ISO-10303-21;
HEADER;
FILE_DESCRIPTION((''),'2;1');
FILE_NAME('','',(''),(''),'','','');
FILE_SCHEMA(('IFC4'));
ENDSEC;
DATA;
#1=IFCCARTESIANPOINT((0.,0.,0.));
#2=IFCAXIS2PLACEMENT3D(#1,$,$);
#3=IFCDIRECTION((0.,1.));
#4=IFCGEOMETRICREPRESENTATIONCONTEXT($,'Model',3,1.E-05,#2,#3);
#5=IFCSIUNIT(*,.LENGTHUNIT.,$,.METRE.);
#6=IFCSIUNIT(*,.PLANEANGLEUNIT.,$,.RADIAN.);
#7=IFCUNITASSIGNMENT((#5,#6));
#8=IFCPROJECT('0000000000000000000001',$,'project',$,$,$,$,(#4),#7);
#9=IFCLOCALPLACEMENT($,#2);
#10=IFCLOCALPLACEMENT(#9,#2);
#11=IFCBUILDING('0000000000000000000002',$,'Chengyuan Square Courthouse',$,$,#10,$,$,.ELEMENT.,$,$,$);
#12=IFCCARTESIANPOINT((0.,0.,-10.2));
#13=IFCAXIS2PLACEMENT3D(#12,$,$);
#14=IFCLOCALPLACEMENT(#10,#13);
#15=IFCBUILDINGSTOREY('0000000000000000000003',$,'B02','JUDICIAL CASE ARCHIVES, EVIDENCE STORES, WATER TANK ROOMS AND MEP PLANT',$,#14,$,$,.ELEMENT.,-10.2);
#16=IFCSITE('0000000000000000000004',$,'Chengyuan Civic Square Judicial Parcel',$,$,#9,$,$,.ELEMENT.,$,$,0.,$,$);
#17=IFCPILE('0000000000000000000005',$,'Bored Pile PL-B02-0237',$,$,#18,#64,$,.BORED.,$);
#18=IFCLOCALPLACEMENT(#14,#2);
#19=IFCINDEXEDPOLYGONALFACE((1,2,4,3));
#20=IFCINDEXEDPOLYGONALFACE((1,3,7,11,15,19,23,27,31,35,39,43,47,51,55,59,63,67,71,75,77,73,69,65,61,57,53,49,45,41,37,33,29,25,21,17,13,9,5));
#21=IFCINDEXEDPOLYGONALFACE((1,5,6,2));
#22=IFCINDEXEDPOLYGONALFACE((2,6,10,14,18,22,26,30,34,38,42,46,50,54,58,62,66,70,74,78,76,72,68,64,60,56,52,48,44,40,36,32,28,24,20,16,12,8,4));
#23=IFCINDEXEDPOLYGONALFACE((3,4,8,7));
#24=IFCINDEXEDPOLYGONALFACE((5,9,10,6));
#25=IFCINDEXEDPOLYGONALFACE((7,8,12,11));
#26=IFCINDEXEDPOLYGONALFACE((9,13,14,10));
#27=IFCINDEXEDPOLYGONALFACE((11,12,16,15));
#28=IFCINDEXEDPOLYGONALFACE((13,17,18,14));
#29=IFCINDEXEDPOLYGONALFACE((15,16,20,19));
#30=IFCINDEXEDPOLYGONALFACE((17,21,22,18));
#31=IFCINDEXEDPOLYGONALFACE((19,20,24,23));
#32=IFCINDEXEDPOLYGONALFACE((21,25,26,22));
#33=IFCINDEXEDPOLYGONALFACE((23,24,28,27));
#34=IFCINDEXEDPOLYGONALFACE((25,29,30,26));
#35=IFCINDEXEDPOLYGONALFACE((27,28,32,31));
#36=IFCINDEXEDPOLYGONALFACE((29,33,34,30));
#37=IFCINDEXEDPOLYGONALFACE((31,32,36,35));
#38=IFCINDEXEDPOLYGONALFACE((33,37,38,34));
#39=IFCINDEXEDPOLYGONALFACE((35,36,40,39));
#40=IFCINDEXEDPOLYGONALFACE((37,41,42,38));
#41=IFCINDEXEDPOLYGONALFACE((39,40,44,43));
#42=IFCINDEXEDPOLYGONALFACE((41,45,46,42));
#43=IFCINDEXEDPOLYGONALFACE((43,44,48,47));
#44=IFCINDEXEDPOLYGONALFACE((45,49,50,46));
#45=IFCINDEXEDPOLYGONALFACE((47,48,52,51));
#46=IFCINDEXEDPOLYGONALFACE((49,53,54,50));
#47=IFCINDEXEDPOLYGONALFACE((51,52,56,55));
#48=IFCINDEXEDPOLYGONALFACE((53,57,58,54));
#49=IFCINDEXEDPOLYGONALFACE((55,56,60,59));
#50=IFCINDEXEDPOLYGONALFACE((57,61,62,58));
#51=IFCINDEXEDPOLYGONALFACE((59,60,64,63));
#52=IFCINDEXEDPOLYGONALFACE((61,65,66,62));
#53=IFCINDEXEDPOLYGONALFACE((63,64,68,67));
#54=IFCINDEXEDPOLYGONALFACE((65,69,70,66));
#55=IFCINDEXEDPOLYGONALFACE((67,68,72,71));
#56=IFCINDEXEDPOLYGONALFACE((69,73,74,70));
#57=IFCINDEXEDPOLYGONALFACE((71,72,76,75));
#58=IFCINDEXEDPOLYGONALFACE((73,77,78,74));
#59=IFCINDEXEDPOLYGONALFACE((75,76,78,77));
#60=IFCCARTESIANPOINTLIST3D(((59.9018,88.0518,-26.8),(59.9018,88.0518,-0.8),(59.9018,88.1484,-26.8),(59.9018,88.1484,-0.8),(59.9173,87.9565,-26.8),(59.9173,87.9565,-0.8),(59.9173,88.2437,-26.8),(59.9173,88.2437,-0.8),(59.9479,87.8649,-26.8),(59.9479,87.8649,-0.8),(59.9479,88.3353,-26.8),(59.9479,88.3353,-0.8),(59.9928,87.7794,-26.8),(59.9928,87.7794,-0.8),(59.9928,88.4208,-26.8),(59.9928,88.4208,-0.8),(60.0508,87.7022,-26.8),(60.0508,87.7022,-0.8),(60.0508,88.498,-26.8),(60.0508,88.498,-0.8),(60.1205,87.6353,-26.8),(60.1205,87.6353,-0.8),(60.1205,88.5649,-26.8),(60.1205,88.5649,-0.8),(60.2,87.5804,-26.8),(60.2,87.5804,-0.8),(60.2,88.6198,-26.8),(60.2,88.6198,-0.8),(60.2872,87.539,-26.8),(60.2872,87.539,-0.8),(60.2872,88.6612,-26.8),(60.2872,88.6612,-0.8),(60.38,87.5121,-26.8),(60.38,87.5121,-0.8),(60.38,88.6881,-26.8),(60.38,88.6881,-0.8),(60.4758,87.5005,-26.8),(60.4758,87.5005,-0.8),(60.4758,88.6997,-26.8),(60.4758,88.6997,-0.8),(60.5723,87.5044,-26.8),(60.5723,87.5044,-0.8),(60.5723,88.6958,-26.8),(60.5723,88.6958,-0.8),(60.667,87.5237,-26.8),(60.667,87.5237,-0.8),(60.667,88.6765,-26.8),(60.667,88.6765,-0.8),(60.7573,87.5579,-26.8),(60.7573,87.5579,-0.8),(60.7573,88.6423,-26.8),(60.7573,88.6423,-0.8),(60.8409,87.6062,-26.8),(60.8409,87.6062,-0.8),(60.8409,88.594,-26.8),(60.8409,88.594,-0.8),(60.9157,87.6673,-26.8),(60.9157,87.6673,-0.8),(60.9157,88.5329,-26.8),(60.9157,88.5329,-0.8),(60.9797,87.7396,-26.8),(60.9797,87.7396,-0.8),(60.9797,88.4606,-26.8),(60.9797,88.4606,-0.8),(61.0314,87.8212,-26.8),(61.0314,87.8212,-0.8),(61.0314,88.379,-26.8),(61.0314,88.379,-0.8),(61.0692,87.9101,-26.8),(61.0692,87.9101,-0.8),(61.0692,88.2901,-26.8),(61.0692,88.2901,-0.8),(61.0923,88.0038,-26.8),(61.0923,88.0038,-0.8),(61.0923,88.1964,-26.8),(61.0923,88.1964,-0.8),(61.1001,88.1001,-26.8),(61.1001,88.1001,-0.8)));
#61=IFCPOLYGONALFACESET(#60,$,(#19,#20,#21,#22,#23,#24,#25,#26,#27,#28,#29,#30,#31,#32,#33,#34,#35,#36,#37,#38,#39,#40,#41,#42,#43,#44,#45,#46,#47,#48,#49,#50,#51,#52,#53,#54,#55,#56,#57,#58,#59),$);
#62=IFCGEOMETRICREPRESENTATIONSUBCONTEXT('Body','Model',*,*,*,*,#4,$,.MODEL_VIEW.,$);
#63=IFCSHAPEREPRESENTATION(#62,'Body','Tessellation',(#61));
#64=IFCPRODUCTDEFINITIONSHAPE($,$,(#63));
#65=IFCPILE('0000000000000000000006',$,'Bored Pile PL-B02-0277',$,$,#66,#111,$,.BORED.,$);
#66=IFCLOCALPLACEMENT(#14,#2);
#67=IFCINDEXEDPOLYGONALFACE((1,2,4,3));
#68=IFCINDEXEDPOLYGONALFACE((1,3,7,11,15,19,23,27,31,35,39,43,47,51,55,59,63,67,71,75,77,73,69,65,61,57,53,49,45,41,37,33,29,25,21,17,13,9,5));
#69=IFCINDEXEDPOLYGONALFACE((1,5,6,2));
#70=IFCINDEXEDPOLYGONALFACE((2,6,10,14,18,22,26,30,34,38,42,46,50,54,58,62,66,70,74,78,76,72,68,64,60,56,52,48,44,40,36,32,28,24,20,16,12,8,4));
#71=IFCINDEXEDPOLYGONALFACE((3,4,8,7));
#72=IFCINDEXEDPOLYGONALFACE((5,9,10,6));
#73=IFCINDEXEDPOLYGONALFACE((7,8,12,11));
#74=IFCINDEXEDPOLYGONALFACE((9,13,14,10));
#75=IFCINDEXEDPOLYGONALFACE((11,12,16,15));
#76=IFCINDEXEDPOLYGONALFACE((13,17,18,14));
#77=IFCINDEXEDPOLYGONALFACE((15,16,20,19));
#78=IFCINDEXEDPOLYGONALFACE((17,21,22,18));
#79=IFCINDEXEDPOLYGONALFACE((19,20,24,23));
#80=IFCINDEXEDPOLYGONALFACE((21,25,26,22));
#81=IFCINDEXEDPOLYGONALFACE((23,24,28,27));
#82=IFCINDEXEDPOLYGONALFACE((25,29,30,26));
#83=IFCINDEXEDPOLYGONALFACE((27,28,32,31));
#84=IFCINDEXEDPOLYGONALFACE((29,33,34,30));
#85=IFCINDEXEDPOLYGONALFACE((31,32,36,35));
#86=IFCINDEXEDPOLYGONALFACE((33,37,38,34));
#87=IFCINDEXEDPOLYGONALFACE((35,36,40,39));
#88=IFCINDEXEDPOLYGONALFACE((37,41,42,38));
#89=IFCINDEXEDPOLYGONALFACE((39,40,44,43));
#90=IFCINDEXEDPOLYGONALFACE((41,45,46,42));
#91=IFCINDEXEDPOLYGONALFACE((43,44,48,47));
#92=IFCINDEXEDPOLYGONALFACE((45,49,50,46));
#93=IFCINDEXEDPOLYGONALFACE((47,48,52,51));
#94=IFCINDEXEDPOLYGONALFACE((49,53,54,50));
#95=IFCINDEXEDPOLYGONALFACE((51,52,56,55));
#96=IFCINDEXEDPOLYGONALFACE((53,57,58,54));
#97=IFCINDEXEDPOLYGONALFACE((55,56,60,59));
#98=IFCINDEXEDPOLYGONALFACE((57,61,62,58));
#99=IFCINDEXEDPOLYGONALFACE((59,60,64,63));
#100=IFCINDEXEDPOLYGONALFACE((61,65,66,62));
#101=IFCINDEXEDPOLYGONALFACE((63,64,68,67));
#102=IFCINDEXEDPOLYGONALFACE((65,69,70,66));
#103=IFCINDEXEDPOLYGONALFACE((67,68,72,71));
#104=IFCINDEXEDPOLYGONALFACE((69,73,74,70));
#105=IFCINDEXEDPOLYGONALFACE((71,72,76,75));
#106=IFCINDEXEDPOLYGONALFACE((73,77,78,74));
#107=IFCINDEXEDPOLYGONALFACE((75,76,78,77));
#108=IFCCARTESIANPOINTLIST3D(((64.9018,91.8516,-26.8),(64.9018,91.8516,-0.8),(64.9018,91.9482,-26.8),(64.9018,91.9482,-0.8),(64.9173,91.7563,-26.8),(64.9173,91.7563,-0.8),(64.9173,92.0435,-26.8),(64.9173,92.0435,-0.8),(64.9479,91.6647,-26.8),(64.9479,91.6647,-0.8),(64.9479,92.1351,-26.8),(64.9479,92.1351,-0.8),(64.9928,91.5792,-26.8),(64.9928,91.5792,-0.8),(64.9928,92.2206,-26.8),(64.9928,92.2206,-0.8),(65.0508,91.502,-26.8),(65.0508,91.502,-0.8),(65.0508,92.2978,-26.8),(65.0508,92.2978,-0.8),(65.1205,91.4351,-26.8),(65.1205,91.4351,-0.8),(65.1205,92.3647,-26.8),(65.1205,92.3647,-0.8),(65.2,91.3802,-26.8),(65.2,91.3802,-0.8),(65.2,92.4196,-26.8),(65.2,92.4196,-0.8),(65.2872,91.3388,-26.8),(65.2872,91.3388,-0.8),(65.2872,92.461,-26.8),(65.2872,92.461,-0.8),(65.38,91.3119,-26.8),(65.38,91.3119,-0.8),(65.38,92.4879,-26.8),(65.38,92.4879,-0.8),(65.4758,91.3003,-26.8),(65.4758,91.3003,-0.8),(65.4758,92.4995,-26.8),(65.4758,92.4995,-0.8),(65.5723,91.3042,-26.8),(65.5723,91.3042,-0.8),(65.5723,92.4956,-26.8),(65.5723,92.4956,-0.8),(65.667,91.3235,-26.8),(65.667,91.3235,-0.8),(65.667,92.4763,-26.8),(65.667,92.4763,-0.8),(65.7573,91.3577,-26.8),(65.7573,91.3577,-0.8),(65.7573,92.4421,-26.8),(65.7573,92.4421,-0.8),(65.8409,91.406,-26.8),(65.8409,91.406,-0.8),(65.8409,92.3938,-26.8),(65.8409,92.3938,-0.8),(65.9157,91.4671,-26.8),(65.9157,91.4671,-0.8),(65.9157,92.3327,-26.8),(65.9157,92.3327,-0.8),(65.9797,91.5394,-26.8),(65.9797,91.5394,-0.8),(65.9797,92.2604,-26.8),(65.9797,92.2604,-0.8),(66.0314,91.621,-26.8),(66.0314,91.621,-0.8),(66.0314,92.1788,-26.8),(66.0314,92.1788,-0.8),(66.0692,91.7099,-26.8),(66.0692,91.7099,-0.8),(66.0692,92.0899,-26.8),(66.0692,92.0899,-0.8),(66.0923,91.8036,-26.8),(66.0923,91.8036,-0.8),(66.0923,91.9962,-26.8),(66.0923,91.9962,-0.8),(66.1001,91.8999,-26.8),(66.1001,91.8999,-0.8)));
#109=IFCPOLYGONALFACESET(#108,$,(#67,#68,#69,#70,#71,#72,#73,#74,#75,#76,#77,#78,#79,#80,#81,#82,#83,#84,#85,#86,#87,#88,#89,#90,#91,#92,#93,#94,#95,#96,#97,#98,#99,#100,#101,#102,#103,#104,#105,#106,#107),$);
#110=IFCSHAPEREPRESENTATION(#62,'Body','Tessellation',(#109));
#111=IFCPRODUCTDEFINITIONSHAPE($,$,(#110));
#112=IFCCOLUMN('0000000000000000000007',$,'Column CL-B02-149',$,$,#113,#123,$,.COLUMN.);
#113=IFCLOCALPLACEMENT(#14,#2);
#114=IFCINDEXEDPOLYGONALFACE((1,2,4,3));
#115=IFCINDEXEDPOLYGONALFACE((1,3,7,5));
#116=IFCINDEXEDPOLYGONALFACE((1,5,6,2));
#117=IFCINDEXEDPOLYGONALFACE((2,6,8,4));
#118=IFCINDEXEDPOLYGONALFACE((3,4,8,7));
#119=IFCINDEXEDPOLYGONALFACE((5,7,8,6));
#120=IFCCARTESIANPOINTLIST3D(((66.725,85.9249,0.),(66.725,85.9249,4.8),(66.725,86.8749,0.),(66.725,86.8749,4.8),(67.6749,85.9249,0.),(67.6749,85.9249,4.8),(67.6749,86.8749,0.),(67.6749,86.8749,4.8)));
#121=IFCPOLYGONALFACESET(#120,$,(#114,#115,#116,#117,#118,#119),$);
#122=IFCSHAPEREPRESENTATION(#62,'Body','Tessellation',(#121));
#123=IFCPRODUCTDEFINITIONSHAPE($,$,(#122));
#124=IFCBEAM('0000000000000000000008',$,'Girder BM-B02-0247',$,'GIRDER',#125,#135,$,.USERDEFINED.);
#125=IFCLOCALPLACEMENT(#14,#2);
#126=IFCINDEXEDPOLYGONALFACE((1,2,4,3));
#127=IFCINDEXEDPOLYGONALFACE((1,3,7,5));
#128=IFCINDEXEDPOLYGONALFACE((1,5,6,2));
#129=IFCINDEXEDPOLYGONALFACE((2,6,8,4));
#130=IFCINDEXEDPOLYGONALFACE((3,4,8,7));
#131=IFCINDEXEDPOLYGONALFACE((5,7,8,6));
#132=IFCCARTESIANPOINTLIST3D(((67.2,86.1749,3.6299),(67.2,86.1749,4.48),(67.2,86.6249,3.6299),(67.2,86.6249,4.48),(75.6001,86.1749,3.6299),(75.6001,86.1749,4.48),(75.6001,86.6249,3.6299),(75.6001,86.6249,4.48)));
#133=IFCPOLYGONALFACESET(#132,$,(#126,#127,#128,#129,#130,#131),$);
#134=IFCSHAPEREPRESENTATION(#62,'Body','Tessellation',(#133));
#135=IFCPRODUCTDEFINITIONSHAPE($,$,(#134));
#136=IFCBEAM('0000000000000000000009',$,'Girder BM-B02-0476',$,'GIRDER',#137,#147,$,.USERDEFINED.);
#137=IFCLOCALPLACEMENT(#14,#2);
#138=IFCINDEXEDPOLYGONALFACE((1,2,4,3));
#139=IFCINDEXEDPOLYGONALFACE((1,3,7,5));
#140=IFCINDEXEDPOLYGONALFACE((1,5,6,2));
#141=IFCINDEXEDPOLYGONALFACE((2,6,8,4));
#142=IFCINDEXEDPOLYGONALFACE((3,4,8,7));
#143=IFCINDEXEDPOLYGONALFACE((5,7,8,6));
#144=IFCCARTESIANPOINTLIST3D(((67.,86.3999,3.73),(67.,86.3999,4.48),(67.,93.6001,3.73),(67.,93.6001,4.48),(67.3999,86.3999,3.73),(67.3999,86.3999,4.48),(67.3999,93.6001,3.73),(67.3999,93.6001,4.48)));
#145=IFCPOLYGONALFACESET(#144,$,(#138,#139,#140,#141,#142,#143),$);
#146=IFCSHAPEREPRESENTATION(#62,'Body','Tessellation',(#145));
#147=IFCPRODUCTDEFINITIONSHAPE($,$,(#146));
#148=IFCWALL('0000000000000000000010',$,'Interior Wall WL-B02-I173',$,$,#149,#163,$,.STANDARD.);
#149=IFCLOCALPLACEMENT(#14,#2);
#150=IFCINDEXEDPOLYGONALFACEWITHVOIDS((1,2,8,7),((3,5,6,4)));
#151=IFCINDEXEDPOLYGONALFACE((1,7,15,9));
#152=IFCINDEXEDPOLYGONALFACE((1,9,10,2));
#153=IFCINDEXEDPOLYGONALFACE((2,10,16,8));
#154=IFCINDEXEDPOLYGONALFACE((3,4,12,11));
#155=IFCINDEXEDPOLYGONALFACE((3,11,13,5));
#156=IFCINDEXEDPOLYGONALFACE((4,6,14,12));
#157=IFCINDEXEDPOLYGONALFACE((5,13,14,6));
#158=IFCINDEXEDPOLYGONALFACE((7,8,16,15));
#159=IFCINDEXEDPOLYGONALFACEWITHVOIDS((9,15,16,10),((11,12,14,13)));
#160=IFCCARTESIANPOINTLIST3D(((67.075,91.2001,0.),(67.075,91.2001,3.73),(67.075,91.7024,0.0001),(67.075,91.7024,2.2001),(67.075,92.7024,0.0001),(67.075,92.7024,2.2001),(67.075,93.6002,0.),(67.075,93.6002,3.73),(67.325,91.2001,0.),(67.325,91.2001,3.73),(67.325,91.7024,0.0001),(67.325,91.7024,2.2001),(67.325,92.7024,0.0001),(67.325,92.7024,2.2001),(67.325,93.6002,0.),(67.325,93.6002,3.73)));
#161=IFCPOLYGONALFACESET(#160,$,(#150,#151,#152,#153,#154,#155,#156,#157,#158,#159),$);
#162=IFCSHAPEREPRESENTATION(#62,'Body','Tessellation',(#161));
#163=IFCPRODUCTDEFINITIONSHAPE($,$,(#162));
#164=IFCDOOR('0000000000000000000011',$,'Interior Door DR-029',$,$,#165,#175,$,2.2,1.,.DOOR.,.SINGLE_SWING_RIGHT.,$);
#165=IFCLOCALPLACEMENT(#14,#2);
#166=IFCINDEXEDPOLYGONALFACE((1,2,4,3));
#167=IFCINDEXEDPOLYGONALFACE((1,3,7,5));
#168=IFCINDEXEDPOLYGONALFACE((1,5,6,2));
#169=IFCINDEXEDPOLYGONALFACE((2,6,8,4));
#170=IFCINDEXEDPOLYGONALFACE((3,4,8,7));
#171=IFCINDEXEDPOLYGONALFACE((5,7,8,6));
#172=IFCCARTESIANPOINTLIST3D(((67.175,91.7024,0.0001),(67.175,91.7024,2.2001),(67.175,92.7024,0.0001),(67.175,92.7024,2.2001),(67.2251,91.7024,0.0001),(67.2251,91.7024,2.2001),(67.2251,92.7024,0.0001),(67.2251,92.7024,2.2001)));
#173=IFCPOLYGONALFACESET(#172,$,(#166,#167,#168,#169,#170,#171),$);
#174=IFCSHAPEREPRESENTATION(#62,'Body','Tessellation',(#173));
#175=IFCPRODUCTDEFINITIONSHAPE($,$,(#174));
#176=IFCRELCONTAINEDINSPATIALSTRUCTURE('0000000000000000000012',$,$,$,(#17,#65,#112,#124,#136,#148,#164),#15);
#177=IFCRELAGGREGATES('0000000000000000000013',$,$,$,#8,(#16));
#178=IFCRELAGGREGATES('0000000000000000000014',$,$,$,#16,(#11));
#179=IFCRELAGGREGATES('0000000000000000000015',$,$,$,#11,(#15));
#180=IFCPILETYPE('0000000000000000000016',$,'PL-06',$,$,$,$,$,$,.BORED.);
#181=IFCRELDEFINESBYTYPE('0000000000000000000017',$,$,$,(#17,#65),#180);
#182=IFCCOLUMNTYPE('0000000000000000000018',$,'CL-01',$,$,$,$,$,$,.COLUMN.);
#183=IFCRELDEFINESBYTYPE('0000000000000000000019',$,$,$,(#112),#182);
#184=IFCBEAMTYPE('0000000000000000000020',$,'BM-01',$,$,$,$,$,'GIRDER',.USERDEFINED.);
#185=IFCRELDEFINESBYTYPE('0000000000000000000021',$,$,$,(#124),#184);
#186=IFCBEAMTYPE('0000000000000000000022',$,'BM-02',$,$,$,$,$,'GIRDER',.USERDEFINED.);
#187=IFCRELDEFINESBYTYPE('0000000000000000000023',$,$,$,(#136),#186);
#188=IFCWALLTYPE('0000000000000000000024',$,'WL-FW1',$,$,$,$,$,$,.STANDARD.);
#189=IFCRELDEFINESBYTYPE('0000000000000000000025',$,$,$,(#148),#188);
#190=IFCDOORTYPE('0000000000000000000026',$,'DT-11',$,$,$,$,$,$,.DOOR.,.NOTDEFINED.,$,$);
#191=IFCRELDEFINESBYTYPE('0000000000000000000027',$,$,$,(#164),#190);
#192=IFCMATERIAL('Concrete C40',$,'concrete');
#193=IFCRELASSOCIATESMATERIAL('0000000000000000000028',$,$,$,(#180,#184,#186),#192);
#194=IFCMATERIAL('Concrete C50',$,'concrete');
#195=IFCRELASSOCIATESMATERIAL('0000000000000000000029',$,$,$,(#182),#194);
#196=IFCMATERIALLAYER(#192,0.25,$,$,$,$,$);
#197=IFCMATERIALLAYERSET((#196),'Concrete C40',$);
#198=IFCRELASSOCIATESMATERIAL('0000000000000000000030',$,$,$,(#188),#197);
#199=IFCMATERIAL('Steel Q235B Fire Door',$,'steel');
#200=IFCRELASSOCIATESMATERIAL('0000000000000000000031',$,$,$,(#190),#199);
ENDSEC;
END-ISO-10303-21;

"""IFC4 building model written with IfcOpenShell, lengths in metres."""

from ifc_helpers import new_model, si_unit, direction, frame, frame_2d, origin, origin_2d, place, context, subcontext, project, spatial, rectangle, circle, extrude, material, layer, layer_set, material_profile, profile_set, type_object, element, fill, save


model = new_model("IFC4")

# Units and contexts
model_context = context("Model", 3, precision=1e-05, world=origin(), true_north=direction((0.0, 1.0)))
body_context = subcontext(model_context, "Body", "Model", "MODEL_VIEW")
ifc_project = project(units=[si_unit("LENGTHUNIT", "METRE"), si_unit("PLANEANGLEUNIT", "RADIAN")], contexts=[model_context])

# Site, building, storey
site_placement = place(None, origin())
site = spatial("IfcSite", under=ifc_project, at=site_placement, Name="Chengyuan Civic Square Judicial Parcel", CompositionType="ELEMENT", RefElevation=0.0)
building_placement = place(site_placement, origin())
building = spatial("IfcBuilding", under=site, at=building_placement, Name="Chengyuan Square Courthouse", CompositionType="ELEMENT")
storey_placement = place(building_placement, frame((0.0, 0.0, -10.2)))
storey = spatial("IfcBuildingStorey", under=building, at=storey_placement, Name="B02", Description="JUDICIAL CASE ARCHIVES, EVIDENCE STORES, WATER TANK ROOMS AND MEP PLANT", CompositionType="ELEMENT", Elevation=-10.2)

# Shared definitions
ifc_material_1 = material(Name="Concrete C40", Category="concrete")

# Piles
ifc_material_profile_1 = material_profile(ifc_material_1, circle(Radius=0.6001, at=origin_2d()), Name="BORED PILE D1200")
ifc_profile_set_1 = profile_set([ifc_material_profile_1], Name="Concrete C40")
pile_type_1 = type_object("IfcPileType", Name="PL-06", PredefinedType="BORED", material=ifc_profile_set_1)
for number, where, z_axis, x_axis, name in (
    (1, (60.5, 88.1001, -0.8), (0.0, 0.0, -1.0), (1.0, 0.0, 0.0), "Bored Pile PL-B02-0237"),
    (2, (65.5, 91.8999, -0.8), (0.0, 0.0, -1.0), (1.0, 0.0, 0.0), "Bored Pile PL-B02-0277"),
):
    element("IfcPile", number, at=place(storey_placement, frame(where, z_axis=z_axis, x_axis=x_axis)), inside=storey, type_object=pile_type_1, Name=name, PredefinedType="BORED", context=body_context, shape_type="SweptSolid", body=[
        extrude(circle(Radius=0.6001, at=origin_2d()), origin(), (0.0, 0.0, 1.0), 26.0),
    ])

# Column
ifc_material_2 = material(Name="Concrete C50", Category="concrete")
ifc_material_profile_2 = material_profile(ifc_material_2, rectangle(XDim=0.95, YDim=0.95, at=origin_2d()), Name="RC-COL-950x950")
ifc_profile_set_2 = profile_set([ifc_material_profile_2], Name="Concrete C50")
column_type = type_object("IfcColumnType", Name="CL-01", PredefinedType="COLUMN", material=ifc_profile_set_2)
column_placement = place(storey_placement, frame((67.2, 86.3999, 0.0), z_axis=(0.0, 0.0, 1.0), x_axis=(1.0, 0.0, 0.0)))
element("IfcColumn", 3, at=column_placement, inside=storey, type_object=column_type, Name="Column CL-B02-149", PredefinedType="COLUMN", context=body_context, shape_type="SweptSolid", body=[
    extrude(rectangle(XDim=0.95, YDim=0.95, at=origin_2d()), origin(), (0.0, 0.0, 1.0), 4.8),
])

# Beams
ifc_material_profile_3 = material_profile(ifc_material_1, rectangle(XDim=0.45, YDim=0.8501, at=origin_2d()), Name="RC-BM-450x850")
ifc_profile_set_3 = profile_set([ifc_material_profile_3], Name="Concrete C40")
beam_type_1 = type_object("IfcBeamType", Name="BM-01", ElementType="GIRDER", PredefinedType="USERDEFINED", material=ifc_profile_set_3)
beam_1_placement = place(storey_placement, frame((67.2, 86.3999, 4.0549), z_axis=(1.0, 0.0, 0.0), x_axis=(0.0, 1.0, 0.0)))
element("IfcBeam", 4, at=beam_1_placement, inside=storey, type_object=beam_type_1, Name="Girder BM-B02-0247", ObjectType="GIRDER", PredefinedType="USERDEFINED", context=body_context, shape_type="SweptSolid", body=[
    extrude(rectangle(XDim=0.45, YDim=0.8501, at=origin_2d()), origin(), (0.0, 0.0, 1.0), 8.4001),
])
ifc_material_profile_4 = material_profile(ifc_material_1, rectangle(XDim=0.3999, YDim=0.75, at=origin_2d()), Name="RC-BM-400x750")
ifc_profile_set_4 = profile_set([ifc_material_profile_4], Name="Concrete C40")
beam_type_2 = type_object("IfcBeamType", Name="BM-02", ElementType="GIRDER", PredefinedType="USERDEFINED", material=ifc_profile_set_4)
beam_2_placement = place(storey_placement, frame((67.2, 86.3999, 4.105), z_axis=(0.0, 1.0, 0.0), x_axis=(-1.0, 0.0, 0.0)))
element("IfcBeam", 5, at=beam_2_placement, inside=storey, type_object=beam_type_2, Name="Girder BM-B02-0476", ObjectType="GIRDER", PredefinedType="USERDEFINED", context=body_context, shape_type="SweptSolid", body=[
    extrude(rectangle(XDim=0.3999, YDim=0.75, at=origin_2d()), origin(), (0.0, 0.0, 1.0), 7.2002),
])

# Wall, opening, door
ifc_layer_1 = layer(ifc_material_1, 0.25)
ifc_layer_set_1 = layer_set([ifc_layer_1], Name="Concrete C40")
wall_type_1 = type_object("IfcWallType", Name="WL-FW1", PredefinedType="STANDARD", material=ifc_layer_set_1)
wall_1_placement = place(storey_placement, frame((67.2, 91.2, 0.0), z_axis=(0.0, 0.0, 1.0), x_axis=(0.0, 1.0, 0.0)))
wall_1 = element("IfcWall", 6, at=wall_1_placement, inside=storey, type_object=wall_type_1, Name="Interior Wall WL-B02-I173", PredefinedType="STANDARD", context=body_context, shape_type="SweptSolid", body=[
    extrude(rectangle(XDim=2.4001, YDim=0.25, at=frame_2d((1.2002, 0.0))), origin(), (0.0, 0.0, 1.0), 3.73),
])
opening_1_placement = place(wall_1_placement, frame((0.5024, 0.0, 0.0)))
opening_1 = element("IfcOpeningElement", 7, at=opening_1_placement, cuts=wall_1, PredefinedType="OPENING", context=body_context, shape_type="SweptSolid", body=[
    extrude(rectangle(XDim=1.0, YDim=2.2, at=frame_2d((0.5, 1.1001))), frame((0.0, 0.137, 0.0), z_axis=(0.0, -1.0, 0.0), x_axis=(1.0, 0.0, 0.0)), (0.0, 0.0, 1.0), 0.2739),
])
ifc_material_3 = material(Name="Steel Q235B Fire Door", Category="steel")
door_type_1 = type_object("IfcDoorType", Name="DT-11", OperationType="NOTDEFINED", PredefinedType="DOOR", material=ifc_material_3)
door_1_placement = place(opening_1_placement, origin())
door_1 = element("IfcDoor", 8, at=door_1_placement, inside=storey, type_object=door_type_1, Name="Interior Door DR-029", OperationType="SINGLE_SWING_RIGHT", OverallHeight=2.2, OverallWidth=1.0, PredefinedType="DOOR", context=body_context, shape_type="SweptSolid", body=[
    extrude(rectangle(XDim=1.0, YDim=2.2, at=frame_2d((0.5, 1.1001))), frame((0.0, 0.0249, 0.0), z_axis=(0.0, -1.0, 0.0), x_axis=(1.0, 0.0, 0.0)), (0.0, 0.0, 1.0), 0.05),
])
fill(opening_1, door_1)

save(model, "model.ifc")
